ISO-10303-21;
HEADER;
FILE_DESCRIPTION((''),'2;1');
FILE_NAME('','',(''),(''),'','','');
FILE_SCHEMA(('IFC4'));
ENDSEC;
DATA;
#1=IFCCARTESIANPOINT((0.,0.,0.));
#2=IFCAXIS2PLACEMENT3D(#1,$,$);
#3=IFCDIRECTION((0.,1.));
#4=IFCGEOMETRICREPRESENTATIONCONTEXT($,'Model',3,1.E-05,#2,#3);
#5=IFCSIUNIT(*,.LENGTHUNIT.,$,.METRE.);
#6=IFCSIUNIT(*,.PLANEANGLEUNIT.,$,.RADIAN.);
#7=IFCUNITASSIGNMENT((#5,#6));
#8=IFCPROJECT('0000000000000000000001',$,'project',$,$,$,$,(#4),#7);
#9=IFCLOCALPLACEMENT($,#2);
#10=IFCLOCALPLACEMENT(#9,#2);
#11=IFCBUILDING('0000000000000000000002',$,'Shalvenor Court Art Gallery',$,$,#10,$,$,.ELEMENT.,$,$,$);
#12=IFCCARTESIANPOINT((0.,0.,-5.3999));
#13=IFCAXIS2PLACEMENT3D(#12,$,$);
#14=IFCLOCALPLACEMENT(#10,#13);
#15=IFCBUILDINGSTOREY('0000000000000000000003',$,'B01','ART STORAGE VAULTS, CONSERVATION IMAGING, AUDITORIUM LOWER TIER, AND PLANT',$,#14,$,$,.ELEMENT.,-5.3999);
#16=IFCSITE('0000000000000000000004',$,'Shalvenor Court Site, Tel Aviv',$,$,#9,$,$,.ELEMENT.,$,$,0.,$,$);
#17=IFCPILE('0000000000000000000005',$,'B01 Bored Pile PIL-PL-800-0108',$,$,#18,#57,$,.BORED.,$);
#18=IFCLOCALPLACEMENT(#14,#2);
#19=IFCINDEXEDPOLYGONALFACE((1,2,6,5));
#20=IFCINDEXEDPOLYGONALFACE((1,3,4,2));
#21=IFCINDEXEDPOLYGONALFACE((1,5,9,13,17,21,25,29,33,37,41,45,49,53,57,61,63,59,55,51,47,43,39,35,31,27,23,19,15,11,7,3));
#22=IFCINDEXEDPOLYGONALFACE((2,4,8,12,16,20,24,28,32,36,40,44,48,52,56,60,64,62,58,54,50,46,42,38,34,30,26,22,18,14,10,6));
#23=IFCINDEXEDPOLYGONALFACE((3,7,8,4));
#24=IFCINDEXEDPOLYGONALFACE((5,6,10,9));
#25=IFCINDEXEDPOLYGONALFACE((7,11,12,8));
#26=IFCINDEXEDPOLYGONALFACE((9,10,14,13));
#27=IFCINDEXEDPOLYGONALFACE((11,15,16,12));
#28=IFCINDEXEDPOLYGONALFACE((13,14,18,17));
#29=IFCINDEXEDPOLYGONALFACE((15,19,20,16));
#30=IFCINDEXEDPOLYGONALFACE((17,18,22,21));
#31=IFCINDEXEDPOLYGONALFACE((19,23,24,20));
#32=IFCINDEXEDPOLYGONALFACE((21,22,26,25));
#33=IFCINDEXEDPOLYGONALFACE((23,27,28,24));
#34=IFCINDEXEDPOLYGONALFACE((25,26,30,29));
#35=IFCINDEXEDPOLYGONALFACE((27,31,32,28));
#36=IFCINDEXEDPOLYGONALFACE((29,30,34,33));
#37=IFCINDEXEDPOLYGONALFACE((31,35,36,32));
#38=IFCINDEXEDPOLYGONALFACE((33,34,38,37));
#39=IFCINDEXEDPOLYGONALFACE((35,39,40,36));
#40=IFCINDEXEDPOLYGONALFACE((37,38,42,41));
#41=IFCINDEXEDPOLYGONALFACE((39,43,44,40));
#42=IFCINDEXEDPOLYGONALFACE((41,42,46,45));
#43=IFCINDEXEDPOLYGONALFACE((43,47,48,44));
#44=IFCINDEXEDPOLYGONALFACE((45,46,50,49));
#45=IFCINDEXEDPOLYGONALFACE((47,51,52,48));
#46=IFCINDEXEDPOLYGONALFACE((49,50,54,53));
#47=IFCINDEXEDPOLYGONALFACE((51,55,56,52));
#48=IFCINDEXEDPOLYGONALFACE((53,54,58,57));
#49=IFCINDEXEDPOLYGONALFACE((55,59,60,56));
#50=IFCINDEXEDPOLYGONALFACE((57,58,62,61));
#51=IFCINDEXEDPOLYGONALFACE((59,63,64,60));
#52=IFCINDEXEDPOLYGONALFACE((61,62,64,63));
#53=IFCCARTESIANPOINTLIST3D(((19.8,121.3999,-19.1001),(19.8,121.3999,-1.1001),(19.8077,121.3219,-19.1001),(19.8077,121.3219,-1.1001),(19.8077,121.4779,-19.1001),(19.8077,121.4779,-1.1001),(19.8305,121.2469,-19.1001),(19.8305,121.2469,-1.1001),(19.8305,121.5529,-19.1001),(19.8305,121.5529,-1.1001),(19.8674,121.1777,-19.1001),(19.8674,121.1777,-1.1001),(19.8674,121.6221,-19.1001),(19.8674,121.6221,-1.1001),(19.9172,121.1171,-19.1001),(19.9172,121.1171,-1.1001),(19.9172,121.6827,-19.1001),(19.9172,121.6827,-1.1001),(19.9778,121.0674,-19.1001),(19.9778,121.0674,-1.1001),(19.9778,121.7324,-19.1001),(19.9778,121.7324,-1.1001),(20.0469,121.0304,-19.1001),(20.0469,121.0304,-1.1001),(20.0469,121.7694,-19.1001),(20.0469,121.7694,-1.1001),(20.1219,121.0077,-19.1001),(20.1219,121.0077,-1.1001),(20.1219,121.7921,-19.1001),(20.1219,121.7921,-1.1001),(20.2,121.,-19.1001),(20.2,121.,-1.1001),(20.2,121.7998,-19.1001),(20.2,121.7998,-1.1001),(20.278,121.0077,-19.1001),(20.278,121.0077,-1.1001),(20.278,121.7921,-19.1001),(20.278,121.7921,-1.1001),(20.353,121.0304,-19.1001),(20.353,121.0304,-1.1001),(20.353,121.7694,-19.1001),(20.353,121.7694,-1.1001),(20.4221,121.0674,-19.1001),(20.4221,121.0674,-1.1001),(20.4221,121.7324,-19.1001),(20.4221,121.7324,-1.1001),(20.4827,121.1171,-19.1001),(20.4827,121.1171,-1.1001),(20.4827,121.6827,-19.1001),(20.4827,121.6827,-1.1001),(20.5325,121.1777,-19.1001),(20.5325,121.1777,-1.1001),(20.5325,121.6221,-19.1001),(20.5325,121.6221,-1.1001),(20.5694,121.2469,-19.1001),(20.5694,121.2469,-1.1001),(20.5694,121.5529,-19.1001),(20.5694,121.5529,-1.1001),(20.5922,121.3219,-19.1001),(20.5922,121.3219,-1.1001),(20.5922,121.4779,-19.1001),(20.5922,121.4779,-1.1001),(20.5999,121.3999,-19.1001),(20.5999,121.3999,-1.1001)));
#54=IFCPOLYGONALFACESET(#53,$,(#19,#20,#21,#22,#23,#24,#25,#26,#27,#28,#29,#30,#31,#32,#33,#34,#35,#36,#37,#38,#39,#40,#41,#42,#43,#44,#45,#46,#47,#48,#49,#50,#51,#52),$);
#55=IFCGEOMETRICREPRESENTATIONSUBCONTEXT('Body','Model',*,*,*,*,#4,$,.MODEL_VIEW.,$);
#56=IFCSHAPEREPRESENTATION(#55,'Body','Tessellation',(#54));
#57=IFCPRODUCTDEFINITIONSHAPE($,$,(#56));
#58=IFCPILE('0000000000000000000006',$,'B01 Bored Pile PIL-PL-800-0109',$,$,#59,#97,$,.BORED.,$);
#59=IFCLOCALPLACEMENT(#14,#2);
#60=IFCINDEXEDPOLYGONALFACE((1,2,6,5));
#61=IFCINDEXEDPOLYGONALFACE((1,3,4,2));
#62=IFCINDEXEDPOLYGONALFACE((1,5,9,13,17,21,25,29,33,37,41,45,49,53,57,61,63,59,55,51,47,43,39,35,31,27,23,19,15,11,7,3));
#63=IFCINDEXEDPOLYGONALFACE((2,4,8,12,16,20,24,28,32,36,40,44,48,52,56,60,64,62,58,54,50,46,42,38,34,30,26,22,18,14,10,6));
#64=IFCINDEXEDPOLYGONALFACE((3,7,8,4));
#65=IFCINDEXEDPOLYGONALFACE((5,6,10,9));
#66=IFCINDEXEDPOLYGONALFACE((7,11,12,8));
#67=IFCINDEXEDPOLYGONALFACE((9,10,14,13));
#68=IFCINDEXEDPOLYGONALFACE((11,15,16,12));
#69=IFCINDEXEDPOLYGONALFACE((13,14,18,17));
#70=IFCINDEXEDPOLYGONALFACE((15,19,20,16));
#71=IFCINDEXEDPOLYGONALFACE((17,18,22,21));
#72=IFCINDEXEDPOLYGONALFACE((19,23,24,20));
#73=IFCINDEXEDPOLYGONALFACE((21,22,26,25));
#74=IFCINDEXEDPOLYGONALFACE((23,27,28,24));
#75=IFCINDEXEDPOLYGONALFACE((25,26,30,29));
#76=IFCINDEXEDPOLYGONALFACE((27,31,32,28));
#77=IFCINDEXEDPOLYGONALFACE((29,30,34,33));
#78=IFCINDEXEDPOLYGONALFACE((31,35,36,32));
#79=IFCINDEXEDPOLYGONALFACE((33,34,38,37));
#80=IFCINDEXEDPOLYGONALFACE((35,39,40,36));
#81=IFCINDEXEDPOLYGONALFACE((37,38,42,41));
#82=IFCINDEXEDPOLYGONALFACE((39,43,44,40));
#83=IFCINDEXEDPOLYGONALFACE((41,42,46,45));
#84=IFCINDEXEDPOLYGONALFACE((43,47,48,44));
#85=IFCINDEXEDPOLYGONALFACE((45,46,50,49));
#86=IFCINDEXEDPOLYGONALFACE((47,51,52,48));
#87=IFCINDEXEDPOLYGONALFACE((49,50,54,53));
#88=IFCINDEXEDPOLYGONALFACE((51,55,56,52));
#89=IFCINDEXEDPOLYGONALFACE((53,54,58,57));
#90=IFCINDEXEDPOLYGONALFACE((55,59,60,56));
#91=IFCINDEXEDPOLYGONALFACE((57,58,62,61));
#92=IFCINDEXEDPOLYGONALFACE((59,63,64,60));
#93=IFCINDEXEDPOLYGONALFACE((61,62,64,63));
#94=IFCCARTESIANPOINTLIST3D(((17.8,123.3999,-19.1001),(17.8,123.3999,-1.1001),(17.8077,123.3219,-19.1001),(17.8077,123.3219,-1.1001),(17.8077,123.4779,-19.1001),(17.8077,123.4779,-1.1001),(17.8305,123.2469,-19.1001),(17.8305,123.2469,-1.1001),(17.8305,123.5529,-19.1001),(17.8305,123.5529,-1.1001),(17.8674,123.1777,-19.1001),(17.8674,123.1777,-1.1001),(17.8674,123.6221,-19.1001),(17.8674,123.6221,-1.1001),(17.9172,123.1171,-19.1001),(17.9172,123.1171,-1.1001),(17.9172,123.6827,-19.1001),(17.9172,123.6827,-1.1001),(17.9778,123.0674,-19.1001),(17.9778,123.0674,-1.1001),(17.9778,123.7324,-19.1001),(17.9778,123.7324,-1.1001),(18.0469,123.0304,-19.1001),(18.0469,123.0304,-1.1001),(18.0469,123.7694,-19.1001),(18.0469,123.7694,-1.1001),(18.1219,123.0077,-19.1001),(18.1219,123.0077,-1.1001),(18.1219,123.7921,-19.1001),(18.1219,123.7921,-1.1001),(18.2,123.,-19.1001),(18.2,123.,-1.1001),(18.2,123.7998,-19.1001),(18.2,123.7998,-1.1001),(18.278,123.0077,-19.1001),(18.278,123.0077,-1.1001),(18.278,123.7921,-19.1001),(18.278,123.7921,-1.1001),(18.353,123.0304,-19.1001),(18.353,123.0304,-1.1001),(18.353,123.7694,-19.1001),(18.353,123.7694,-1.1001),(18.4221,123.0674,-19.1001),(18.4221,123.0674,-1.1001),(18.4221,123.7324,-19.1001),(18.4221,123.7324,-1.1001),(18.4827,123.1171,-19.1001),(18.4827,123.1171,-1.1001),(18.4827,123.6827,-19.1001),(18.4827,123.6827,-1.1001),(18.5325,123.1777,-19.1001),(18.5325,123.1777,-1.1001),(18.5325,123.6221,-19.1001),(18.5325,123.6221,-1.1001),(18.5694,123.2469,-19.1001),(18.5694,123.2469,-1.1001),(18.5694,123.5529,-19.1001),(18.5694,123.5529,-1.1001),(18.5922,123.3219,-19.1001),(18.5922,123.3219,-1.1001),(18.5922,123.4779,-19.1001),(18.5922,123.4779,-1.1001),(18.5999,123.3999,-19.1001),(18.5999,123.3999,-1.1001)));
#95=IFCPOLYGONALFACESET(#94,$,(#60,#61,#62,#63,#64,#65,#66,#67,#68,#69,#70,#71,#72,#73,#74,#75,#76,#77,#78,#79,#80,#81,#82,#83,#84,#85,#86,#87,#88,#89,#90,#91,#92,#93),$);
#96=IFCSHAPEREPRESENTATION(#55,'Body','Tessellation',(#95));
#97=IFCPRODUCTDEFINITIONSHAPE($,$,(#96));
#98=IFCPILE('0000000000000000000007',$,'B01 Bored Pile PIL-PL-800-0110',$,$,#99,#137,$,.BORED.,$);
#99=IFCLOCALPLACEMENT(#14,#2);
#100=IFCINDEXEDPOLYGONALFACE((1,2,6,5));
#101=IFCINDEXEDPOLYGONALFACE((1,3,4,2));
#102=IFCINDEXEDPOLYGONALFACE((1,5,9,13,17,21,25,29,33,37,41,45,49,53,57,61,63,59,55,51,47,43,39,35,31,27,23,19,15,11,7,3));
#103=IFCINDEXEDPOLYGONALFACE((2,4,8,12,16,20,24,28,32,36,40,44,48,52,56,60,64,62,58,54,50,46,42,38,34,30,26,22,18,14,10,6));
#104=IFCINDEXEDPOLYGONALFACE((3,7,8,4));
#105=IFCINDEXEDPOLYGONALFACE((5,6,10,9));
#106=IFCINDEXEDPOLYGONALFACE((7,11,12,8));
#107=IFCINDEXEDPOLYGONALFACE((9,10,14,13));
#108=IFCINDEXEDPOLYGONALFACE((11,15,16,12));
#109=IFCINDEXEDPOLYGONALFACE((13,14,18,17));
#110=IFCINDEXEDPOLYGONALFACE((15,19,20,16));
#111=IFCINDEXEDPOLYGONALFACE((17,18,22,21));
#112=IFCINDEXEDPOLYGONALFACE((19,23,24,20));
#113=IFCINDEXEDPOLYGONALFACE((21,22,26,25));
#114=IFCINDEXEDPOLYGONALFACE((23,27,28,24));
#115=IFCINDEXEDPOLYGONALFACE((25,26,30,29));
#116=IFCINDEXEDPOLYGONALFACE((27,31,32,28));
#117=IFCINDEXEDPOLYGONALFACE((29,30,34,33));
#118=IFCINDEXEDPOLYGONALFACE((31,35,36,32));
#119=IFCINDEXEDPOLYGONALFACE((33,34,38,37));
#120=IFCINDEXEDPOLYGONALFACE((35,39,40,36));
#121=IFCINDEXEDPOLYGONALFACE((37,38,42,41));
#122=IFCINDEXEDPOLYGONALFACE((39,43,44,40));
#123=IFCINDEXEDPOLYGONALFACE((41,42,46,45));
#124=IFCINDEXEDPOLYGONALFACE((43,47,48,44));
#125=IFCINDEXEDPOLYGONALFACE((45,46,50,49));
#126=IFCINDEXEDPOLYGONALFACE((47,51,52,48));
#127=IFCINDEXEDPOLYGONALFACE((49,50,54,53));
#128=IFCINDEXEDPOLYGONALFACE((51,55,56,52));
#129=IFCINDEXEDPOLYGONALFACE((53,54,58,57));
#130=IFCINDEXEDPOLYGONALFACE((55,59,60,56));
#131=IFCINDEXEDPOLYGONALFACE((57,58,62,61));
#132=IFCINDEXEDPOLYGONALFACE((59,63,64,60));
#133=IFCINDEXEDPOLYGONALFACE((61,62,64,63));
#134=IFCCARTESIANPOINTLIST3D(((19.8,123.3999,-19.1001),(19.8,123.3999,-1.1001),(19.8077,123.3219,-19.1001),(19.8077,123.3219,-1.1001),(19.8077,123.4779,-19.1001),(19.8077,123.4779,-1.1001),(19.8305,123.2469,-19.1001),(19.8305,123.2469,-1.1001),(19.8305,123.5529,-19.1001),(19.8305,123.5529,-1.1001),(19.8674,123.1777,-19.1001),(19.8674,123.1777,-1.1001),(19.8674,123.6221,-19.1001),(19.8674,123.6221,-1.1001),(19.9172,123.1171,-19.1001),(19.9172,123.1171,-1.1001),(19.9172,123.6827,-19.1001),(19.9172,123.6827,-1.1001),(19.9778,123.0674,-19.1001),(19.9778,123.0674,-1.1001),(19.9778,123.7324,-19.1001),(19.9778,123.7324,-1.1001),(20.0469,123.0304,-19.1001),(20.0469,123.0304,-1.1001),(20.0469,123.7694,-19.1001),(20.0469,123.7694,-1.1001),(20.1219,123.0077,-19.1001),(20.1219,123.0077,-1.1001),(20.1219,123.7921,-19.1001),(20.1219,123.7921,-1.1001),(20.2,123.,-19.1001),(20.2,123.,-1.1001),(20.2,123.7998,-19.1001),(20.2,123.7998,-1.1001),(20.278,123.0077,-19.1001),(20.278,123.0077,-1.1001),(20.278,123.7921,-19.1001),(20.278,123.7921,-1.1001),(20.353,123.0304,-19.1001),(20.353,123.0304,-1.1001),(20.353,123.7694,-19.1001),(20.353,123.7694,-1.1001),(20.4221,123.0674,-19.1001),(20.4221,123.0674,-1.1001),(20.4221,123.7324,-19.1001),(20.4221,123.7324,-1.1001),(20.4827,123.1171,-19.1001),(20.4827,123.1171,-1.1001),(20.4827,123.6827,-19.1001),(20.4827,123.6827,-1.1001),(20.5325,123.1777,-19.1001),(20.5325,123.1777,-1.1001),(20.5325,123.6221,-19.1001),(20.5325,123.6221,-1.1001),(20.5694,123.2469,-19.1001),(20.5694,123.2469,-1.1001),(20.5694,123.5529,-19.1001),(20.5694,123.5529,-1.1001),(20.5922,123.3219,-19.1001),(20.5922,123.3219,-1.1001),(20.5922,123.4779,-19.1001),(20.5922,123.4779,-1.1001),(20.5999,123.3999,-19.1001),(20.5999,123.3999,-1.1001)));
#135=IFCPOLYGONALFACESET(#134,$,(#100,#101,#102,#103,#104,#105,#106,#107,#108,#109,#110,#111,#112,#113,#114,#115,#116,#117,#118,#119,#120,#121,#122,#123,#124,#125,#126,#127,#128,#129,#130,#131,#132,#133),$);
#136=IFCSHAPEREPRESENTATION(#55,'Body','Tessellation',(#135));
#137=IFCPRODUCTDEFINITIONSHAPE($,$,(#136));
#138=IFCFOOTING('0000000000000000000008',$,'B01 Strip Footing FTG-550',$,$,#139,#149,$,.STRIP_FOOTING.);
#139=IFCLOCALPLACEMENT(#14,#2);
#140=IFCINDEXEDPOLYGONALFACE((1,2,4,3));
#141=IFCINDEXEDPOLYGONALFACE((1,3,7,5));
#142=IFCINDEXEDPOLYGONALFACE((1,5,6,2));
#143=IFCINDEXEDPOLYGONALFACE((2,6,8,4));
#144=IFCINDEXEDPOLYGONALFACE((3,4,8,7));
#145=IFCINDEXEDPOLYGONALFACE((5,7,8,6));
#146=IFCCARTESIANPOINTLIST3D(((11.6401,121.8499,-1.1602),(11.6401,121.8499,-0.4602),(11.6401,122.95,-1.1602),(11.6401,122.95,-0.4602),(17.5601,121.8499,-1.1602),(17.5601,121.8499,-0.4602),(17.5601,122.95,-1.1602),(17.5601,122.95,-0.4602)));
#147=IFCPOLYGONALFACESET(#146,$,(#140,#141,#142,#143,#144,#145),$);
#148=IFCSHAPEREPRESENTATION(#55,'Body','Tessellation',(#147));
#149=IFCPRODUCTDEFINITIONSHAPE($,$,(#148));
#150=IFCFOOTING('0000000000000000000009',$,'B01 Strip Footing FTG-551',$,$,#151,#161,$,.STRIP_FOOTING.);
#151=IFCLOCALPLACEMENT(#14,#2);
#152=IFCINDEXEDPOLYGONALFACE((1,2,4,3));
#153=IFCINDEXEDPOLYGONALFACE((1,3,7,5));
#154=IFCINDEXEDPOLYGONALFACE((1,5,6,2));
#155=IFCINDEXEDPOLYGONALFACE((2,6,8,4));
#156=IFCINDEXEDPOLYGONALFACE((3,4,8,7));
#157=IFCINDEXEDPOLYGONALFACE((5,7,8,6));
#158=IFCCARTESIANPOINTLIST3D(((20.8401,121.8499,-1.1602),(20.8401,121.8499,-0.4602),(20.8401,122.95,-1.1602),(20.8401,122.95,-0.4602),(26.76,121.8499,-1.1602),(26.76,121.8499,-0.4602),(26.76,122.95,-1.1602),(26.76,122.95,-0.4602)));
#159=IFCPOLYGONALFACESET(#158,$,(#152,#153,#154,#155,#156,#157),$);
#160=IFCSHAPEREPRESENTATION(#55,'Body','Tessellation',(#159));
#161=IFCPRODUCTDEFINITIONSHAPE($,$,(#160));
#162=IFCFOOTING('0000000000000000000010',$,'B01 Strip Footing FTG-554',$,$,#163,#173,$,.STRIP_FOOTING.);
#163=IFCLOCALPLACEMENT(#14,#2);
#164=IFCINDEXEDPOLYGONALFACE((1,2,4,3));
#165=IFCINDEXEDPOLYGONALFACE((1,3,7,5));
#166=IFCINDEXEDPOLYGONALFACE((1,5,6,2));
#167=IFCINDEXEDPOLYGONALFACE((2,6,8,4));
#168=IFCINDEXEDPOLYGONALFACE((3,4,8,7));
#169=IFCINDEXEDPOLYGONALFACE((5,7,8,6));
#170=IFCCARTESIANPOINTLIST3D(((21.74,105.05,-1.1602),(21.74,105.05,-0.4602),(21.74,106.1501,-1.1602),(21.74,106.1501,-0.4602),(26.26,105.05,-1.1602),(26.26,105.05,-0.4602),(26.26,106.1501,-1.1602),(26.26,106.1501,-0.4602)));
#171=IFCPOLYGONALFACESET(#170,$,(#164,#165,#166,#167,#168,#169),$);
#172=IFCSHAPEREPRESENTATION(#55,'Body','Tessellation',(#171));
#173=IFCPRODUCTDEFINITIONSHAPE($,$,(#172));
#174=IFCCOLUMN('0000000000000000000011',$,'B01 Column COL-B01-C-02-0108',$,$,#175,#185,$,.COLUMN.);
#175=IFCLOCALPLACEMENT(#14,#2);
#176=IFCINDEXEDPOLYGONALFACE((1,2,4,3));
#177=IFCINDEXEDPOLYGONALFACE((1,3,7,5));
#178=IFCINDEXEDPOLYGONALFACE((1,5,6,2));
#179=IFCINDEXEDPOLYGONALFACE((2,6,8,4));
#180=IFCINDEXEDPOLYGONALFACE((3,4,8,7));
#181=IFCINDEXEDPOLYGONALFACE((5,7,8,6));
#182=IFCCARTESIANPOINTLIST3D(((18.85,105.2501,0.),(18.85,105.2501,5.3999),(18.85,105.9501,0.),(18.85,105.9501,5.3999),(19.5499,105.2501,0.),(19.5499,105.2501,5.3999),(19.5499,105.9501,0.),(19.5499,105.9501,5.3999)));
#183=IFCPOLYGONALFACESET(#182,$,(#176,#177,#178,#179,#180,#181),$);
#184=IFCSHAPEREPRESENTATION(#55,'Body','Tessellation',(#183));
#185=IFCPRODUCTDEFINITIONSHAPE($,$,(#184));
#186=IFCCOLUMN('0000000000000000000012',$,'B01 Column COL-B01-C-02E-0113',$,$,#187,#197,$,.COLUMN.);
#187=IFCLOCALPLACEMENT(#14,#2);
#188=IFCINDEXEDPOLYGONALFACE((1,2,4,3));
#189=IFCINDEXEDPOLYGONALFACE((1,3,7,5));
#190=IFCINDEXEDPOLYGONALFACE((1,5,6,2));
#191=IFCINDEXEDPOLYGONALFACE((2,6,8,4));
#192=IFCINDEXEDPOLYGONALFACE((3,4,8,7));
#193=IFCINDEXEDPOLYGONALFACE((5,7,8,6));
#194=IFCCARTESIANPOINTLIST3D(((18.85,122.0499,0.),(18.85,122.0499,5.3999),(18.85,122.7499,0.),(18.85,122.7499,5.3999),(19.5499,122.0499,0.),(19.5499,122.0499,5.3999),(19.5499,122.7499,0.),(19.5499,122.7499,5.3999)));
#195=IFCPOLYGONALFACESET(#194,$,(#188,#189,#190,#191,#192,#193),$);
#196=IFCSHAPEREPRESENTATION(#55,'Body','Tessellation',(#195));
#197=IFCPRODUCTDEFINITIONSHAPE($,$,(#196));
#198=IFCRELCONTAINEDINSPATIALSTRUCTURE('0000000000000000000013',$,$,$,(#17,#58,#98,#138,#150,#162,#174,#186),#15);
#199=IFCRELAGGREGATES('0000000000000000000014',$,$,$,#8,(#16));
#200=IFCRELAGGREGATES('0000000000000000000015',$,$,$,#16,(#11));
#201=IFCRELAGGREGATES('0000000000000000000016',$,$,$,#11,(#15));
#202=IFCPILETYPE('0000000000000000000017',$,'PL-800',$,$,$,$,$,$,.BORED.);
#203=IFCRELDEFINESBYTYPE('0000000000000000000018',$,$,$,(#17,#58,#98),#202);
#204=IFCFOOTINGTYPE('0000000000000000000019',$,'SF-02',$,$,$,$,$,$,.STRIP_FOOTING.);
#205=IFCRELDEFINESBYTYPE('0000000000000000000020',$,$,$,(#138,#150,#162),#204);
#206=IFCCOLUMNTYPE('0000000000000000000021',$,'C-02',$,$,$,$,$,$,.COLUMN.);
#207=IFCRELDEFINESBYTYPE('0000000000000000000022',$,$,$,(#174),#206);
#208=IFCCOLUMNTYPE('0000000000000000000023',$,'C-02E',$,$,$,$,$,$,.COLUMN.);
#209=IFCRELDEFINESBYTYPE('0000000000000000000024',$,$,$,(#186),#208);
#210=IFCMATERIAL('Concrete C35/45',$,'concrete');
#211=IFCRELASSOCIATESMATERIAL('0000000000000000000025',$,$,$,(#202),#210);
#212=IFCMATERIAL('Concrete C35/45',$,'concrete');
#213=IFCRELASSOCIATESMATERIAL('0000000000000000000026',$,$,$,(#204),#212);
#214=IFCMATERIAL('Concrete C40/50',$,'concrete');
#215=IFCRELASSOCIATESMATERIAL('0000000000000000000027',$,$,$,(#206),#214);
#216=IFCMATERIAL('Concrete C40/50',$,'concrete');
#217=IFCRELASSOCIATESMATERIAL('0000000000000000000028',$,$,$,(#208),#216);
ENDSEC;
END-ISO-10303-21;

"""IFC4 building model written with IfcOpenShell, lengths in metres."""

from ifc_helpers import new_model, si_unit, direction, frame, origin, origin_2d, place, context, subcontext, project, spatial, rectangle, circle, extrude, material, material_profile, profile_set, type_object, element, save


model = new_model("IFC4")

# Units and contexts
model_context = context("Model", 3, precision=1e-05, world=origin(), true_north=direction((0.0, 1.0)))
body_context = subcontext(model_context, "Body", "Model", "MODEL_VIEW")
ifc_project = project(units=[si_unit("LENGTHUNIT", "METRE"), si_unit("PLANEANGLEUNIT", "RADIAN")], contexts=[model_context])

# Site, building, storey
site_placement = place(None, origin())
site = spatial("IfcSite", under=ifc_project, at=site_placement, Name="Shalvenor Court Site, Tel Aviv", CompositionType="ELEMENT", RefElevation=0.0)
building_placement = place(site_placement, origin())
building = spatial("IfcBuilding", under=site, at=building_placement, Name="Shalvenor Court Art Gallery", CompositionType="ELEMENT")
storey_placement = place(building_placement, frame((0.0, 0.0, -5.3999)))
storey = spatial("IfcBuildingStorey", under=building, at=storey_placement, Name="B01", Description="ART STORAGE VAULTS, CONSERVATION IMAGING, AUDITORIUM LOWER TIER, AND PLANT", CompositionType="ELEMENT", Elevation=-5.3999)

# Piles
ifc_material_1 = material(Name="Concrete C35/45", Category="concrete")
ifc_material_profile_1 = material_profile(ifc_material_1, circle(Radius=0.3999, at=origin_2d()), Name="PILE 800")
ifc_profile_set_1 = profile_set([ifc_material_profile_1], Name="Concrete C35/45")
pile_type_1 = type_object("IfcPileType", Name="PL-800", PredefinedType="BORED", material=ifc_profile_set_1)
for number, where, z_axis, x_axis, name in (
    (1, (20.2, 121.3999, -1.1001), (0.0, 0.0, -1.0), (1.0, 0.0, 0.0), "B01 Bored Pile PIL-PL-800-0108"),
    (2, (18.2, 123.3999, -1.1001), (0.0, 0.0, -1.0), (1.0, 0.0, 0.0), "B01 Bored Pile PIL-PL-800-0109"),
    (3, (20.2, 123.3999, -1.1001), (0.0, 0.0, -1.0), (1.0, 0.0, 0.0), "B01 Bored Pile PIL-PL-800-0110"),
):
    element("IfcPile", number, at=place(storey_placement, frame(where, z_axis=z_axis, x_axis=x_axis)), inside=storey, type_object=pile_type_1, Name=name, PredefinedType="BORED", context=body_context, shape_type="SweptSolid", body=[
        extrude(circle(Radius=0.3999, at=origin_2d()), origin(), (0.0, 0.0, 1.0), 18.0),
    ])

# Footings
ifc_material_2 = material(Name="Concrete C35/45", Category="concrete")
footing_type_1 = type_object("IfcFootingType", Name="SF-02", PredefinedType="STRIP_FOOTING", material=ifc_material_2)
for number, where, z_axis, x_axis, name in (
    (4, (14.6001, 122.3999, -1.1602), (0.0, 0.0, 1.0), (1.0, 0.0, 0.0), "B01 Strip Footing FTG-550"),
    (5, (23.8, 122.3999, -1.1602), (0.0, 0.0, 1.0), (1.0, 0.0, 0.0), "B01 Strip Footing FTG-551"),
):
    element("IfcFooting", number, at=place(storey_placement, frame(where, z_axis=z_axis, x_axis=x_axis)), inside=storey, type_object=footing_type_1, Name=name, PredefinedType="STRIP_FOOTING", context=body_context, shape_type="SweptSolid", body=[
        extrude(rectangle(XDim=5.9199, YDim=1.1001, at=origin_2d()), origin(), (0.0, 0.0, 1.0), 0.7),
    ])
footing_1_placement = place(storey_placement, frame((24.0, 105.6001, -1.1602), z_axis=(0.0, 0.0, 1.0), x_axis=(1.0, 0.0, 0.0)))
element("IfcFooting", 6, at=footing_1_placement, inside=storey, type_object=footing_type_1, Name="B01 Strip Footing FTG-554", PredefinedType="STRIP_FOOTING", context=body_context, shape_type="SweptSolid", body=[
    extrude(rectangle(XDim=4.52, YDim=1.1001, at=origin_2d()), origin(), (0.0, 0.0, 1.0), 0.7),
])

# Columns
ifc_material_3 = material(Name="Concrete C40/50", Category="concrete")
ifc_material_profile_2 = material_profile(ifc_material_3, rectangle(XDim=0.7, YDim=0.7, at=origin_2d()), Name="RC 700x700")
ifc_profile_set_2 = profile_set([ifc_material_profile_2], Name="Concrete C40/50")
column_type_1 = type_object("IfcColumnType", Name="C-02", PredefinedType="COLUMN", material=ifc_profile_set_2)
column_1_placement = place(storey_placement, frame((19.2, 105.6001, 0.0), z_axis=(0.0, 0.0, 1.0), x_axis=(1.0, 0.0, 0.0)))
element("IfcColumn", 7, at=column_1_placement, inside=storey, type_object=column_type_1, Name="B01 Column COL-B01-C-02-0108", PredefinedType="COLUMN", context=body_context, shape_type="SweptSolid", body=[
    extrude(rectangle(XDim=0.7, YDim=0.7, at=origin_2d()), origin(), (0.0, 0.0, 1.0), 5.3999),
])
ifc_material_4 = material(Name="Concrete C40/50", Category="concrete")
ifc_material_profile_3 = material_profile(ifc_material_4, rectangle(XDim=0.7, YDim=0.7, at=origin_2d()), Name="RC 700x700")
ifc_profile_set_3 = profile_set([ifc_material_profile_3], Name="Concrete C40/50")
column_type_2 = type_object("IfcColumnType", Name="C-02E", PredefinedType="COLUMN", material=ifc_profile_set_3)
column_2_placement = place(storey_placement, frame((19.2, 122.3999, 0.0), z_axis=(0.0, 0.0, 1.0), x_axis=(1.0, 0.0, 0.0)))
element("IfcColumn", 8, at=column_2_placement, inside=storey, type_object=column_type_2, Name="B01 Column COL-B01-C-02E-0113", PredefinedType="COLUMN", context=body_context, shape_type="SweptSolid", body=[
    extrude(rectangle(XDim=0.7, YDim=0.7, at=origin_2d()), origin(), (0.0, 0.0, 1.0), 5.3999),
])

save(model, "model.ifc")
